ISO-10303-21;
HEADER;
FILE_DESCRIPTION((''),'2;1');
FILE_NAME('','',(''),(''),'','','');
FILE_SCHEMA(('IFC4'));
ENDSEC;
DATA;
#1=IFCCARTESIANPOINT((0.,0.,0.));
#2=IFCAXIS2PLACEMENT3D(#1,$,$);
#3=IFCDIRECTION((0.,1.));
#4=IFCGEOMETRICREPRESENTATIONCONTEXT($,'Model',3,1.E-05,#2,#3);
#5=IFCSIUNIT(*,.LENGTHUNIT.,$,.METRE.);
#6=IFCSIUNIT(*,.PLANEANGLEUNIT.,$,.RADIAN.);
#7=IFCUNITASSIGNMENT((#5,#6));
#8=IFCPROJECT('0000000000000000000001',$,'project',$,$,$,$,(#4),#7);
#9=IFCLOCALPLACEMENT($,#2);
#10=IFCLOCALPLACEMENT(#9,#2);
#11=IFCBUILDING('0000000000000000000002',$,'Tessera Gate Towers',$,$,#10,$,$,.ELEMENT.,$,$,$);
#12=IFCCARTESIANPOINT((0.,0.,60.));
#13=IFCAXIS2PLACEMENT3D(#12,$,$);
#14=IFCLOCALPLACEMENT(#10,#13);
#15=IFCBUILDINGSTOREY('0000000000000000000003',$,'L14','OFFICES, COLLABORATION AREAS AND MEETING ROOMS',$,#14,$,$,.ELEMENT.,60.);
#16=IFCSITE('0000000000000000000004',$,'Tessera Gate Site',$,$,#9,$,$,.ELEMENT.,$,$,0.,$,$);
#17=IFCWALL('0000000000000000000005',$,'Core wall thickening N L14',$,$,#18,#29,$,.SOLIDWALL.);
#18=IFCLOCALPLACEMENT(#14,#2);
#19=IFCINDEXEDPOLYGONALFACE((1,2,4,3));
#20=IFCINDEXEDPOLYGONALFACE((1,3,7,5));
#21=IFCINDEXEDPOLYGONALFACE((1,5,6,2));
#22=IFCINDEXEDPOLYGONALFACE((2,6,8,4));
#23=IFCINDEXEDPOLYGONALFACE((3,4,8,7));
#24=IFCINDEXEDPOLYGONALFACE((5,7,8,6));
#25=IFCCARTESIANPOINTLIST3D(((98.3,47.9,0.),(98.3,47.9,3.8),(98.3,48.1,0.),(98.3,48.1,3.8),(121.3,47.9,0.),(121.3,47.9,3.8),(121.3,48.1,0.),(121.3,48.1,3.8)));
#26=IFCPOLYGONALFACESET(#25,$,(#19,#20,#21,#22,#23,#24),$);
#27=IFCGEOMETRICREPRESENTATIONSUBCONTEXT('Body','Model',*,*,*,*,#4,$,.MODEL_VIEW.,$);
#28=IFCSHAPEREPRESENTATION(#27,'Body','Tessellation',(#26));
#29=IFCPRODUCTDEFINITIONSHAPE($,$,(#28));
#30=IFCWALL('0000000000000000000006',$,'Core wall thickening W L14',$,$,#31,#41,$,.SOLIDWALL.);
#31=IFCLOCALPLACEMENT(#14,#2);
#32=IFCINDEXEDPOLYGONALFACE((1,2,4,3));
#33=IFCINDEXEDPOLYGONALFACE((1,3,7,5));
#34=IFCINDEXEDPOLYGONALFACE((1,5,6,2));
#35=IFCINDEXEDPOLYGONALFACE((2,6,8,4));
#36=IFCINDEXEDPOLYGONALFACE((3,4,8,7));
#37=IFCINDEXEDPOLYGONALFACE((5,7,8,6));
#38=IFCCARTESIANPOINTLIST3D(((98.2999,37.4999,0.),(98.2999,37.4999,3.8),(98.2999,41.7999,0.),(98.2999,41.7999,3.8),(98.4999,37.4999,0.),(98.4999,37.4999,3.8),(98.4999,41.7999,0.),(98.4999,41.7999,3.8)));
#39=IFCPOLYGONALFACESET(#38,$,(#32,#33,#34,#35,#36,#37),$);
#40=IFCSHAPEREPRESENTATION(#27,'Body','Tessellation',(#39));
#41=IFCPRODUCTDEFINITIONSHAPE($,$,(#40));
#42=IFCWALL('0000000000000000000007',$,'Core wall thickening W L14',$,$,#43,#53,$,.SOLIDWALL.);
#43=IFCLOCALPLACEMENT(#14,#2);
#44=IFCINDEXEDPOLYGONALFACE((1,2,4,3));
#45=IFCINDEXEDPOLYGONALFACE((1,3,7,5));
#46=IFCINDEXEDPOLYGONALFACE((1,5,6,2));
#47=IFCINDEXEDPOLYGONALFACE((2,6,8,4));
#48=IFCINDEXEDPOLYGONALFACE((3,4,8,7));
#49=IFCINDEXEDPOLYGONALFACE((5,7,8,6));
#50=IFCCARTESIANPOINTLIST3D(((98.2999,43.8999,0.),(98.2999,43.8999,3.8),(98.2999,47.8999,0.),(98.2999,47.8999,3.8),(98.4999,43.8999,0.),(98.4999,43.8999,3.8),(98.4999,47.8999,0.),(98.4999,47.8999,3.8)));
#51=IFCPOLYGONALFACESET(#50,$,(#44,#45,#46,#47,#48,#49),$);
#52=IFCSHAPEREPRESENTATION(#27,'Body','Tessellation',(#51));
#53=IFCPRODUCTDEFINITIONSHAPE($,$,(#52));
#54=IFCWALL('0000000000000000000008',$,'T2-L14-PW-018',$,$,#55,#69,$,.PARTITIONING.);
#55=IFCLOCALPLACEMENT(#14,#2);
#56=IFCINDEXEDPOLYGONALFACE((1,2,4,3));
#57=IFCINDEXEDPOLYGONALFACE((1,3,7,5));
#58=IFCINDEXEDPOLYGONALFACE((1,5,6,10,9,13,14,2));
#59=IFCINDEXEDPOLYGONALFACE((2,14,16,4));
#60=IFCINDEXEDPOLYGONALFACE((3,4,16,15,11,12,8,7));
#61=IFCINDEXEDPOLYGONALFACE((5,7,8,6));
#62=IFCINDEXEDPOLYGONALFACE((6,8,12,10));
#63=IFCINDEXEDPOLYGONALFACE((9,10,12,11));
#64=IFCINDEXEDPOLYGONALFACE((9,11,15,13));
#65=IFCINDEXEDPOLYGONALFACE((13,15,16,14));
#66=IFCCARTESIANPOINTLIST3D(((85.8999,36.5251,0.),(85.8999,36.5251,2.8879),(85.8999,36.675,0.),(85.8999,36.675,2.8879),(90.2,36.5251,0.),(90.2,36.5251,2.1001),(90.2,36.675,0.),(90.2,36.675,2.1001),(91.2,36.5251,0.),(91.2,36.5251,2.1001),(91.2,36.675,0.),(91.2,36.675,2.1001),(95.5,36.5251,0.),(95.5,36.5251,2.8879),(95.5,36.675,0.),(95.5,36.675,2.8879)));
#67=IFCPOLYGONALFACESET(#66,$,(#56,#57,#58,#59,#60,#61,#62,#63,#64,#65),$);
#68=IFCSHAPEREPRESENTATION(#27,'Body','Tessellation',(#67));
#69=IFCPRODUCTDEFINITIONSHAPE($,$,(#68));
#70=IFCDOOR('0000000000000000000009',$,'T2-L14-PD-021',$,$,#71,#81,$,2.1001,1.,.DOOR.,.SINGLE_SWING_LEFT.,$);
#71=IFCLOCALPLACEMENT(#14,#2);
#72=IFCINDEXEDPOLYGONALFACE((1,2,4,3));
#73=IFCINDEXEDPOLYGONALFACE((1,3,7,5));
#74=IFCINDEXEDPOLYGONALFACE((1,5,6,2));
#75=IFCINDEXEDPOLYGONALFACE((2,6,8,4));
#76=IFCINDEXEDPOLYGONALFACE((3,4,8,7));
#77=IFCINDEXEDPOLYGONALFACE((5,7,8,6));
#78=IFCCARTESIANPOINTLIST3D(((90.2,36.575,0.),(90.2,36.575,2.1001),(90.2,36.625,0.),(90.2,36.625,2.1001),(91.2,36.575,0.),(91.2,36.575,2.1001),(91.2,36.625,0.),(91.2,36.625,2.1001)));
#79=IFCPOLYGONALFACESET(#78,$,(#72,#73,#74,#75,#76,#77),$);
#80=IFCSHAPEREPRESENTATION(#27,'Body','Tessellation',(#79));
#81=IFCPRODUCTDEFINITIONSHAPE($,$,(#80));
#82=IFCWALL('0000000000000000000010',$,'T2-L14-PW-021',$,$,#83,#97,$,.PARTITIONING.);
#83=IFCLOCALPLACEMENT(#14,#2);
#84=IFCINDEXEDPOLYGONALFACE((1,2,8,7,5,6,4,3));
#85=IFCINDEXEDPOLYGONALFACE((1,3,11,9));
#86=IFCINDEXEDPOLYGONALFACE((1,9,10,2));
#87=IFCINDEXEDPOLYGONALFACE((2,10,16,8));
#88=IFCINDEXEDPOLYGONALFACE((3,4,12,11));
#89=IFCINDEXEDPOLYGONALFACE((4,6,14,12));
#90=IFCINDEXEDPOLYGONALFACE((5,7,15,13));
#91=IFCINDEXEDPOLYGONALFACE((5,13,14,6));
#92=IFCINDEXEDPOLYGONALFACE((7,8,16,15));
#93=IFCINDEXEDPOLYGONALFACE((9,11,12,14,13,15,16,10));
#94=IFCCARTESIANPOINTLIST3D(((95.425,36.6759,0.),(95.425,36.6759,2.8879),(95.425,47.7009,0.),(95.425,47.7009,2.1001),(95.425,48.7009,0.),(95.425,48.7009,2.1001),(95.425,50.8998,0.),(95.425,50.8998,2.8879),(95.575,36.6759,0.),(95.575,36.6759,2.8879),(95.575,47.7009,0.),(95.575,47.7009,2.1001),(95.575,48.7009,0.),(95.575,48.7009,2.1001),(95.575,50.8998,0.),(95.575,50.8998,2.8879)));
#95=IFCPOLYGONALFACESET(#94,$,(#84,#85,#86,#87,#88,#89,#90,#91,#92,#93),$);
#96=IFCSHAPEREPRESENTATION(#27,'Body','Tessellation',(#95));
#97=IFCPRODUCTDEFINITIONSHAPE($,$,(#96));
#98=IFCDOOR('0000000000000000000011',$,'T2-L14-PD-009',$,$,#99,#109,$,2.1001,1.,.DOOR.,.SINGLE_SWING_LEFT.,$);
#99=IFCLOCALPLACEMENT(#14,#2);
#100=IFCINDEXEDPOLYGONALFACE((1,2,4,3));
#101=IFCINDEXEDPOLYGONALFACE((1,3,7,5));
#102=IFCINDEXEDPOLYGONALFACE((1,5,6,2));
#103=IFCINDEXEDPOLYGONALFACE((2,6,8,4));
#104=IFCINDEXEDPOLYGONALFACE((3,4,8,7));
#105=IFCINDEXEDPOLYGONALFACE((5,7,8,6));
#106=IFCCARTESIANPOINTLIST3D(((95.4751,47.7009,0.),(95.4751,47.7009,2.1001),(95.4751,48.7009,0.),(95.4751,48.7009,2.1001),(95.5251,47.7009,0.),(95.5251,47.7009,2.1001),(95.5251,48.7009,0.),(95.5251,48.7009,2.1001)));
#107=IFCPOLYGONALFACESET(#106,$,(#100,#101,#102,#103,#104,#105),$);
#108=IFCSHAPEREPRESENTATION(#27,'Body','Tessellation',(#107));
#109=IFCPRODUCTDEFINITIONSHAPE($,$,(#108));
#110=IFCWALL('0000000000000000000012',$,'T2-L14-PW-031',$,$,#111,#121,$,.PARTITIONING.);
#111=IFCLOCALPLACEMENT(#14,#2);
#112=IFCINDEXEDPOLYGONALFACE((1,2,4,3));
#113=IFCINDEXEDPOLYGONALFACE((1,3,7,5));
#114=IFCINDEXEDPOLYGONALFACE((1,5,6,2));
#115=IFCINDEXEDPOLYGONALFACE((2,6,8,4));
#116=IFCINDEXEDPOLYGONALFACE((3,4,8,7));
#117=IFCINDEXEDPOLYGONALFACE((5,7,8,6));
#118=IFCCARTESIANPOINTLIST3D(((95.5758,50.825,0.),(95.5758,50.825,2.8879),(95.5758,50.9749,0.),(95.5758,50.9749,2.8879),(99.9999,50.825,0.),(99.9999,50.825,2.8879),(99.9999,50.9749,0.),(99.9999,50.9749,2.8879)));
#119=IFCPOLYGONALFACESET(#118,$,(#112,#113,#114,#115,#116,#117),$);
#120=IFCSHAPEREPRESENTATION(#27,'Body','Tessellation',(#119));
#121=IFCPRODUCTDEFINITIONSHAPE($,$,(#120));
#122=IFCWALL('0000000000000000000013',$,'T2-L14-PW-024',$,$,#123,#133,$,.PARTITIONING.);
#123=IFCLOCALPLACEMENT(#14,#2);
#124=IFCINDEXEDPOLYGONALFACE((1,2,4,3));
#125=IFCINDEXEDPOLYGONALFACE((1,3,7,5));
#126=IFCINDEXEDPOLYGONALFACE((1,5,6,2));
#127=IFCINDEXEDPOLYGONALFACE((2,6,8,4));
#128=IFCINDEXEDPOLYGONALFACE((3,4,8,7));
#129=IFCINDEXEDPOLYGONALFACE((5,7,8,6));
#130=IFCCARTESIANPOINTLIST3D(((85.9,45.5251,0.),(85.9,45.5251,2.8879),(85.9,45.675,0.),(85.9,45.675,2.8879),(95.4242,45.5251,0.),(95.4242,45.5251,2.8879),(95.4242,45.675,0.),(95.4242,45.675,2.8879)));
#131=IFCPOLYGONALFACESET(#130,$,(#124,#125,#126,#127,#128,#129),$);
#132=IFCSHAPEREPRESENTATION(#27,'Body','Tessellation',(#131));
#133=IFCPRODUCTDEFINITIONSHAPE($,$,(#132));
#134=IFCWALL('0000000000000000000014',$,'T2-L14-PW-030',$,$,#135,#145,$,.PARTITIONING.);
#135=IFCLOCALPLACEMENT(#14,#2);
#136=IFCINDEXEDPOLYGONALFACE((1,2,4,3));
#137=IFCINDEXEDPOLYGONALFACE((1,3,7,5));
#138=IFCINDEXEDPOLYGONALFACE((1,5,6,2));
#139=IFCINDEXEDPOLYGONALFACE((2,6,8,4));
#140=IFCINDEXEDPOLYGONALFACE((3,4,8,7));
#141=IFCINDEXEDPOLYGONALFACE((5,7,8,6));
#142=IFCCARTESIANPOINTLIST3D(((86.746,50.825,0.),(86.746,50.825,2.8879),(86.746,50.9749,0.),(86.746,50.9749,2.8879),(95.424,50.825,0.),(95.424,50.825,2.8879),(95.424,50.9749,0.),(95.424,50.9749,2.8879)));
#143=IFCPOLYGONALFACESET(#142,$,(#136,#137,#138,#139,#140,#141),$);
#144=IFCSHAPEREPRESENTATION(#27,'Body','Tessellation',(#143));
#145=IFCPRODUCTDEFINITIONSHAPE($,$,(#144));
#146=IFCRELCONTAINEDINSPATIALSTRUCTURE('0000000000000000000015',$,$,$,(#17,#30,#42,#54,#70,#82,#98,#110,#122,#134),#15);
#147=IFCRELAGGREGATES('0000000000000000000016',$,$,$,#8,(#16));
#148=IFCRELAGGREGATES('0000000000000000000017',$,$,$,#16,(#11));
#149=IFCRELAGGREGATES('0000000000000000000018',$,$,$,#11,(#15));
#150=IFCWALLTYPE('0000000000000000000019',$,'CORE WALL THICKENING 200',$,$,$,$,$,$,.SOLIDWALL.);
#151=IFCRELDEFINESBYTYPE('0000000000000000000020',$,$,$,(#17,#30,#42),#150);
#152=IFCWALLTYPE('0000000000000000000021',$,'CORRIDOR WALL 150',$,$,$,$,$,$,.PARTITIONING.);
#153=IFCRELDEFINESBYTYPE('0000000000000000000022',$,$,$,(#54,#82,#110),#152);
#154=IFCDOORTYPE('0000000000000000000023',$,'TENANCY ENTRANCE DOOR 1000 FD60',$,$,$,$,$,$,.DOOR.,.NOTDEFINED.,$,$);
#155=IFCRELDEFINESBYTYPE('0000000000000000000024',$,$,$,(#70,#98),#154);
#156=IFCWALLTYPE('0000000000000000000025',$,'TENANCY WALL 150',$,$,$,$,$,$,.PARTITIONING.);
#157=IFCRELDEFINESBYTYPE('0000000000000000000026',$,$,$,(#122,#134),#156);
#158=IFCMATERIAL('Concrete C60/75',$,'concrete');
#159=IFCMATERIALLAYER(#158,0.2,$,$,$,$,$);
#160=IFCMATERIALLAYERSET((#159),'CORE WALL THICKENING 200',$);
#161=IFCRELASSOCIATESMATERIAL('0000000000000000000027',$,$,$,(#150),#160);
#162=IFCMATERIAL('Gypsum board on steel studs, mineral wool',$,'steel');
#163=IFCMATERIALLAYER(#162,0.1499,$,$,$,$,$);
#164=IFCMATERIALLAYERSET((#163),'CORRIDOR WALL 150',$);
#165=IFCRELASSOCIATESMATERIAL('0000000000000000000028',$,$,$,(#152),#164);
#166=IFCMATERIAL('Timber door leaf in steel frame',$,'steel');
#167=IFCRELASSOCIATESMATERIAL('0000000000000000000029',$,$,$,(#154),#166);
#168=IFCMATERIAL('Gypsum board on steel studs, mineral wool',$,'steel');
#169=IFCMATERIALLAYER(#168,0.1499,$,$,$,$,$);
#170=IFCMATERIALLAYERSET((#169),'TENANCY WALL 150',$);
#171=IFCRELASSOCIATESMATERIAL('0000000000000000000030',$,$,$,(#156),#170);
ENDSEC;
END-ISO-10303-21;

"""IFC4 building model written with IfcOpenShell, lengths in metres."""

from ifc_helpers import new_model, si_unit, direction, frame, frame_2d, origin, place, context, subcontext, project, spatial, rectangle, extrude, source, transform, mapped, material, layer, layer_set, type_object, element, fill, save


model = new_model("IFC4")

# Units and contexts
model_context = context("Model", 3, precision=1e-05, world=origin(), true_north=direction((0.0, 1.0)))
body_context = subcontext(model_context, "Body", "Model", "MODEL_VIEW")
ifc_project = project(units=[si_unit("LENGTHUNIT", "METRE"), si_unit("PLANEANGLEUNIT", "RADIAN")], contexts=[model_context])

# Site, building, storey
site_placement = place(None, origin())
site = spatial("IfcSite", under=ifc_project, at=site_placement, Name="Tessera Gate Site", CompositionType="ELEMENT", RefElevation=0.0)
building_placement = place(site_placement, origin())
building = spatial("IfcBuilding", under=site, at=building_placement, Name="Tessera Gate Towers", CompositionType="ELEMENT")
storey_placement = place(building_placement, frame((0.0, 0.0, 60.0)))
storey = spatial("IfcBuildingStorey", under=building, at=storey_placement, Name="L14", Description="OFFICES, COLLABORATION AREAS AND MEETING ROOMS", CompositionType="ELEMENT", Elevation=60.0)

# Walls
ifc_material_1 = material(Name="Concrete C60/75", Category="concrete")
ifc_layer_1 = layer(ifc_material_1, 0.2)
ifc_layer_set_1 = layer_set([ifc_layer_1], Name="CORE WALL THICKENING 200")
wall_type_1 = type_object("IfcWallType", Name="CORE WALL THICKENING 200", PredefinedType="SOLIDWALL", material=ifc_layer_set_1)
for number, where, z_axis, x_axis, name in (
    (1, (98.3, 48.0, 0.0), (0.0, 0.0, 1.0), (1.0, 0.0, 0.0), "Core wall thickening N L14"),
):
    element("IfcWall", number, at=place(storey_placement, frame(where, z_axis=z_axis, x_axis=x_axis)), inside=storey, type_object=wall_type_1, Name=name, PredefinedType="SOLIDWALL", context=body_context, shape_type="SweptSolid", body=[
        extrude(rectangle(XDim=23.0, YDim=0.2, at=frame_2d((11.5, 0.0))), origin(), (0.0, 0.0, 1.0), 3.8),
    ])
wall_1_placement = place(storey_placement, frame((98.3999, 37.5, 0.0), z_axis=(0.0, 0.0, 1.0), x_axis=(0.0, 1.0, 0.0)))
element("IfcWall", 2, at=wall_1_placement, inside=storey, type_object=wall_type_1, Name="Core wall thickening W L14", PredefinedType="SOLIDWALL", context=body_context, shape_type="SweptSolid", body=[
    extrude(rectangle(XDim=4.3, YDim=0.2, at=frame_2d((2.1499, 0.0))), origin(), (0.0, 0.0, 1.0), 3.8),
])
wall_2_placement = place(storey_placement, frame((98.3999, 43.8999, 0.0), z_axis=(0.0, 0.0, 1.0), x_axis=(0.0, 1.0, 0.0)))
element("IfcWall", 3, at=wall_2_placement, inside=storey, type_object=wall_type_1, Name="Core wall thickening W L14", PredefinedType="SOLIDWALL", context=body_context, shape_type="SweptSolid", body=[
    extrude(rectangle(XDim=4.0, YDim=0.2, at=frame_2d((2.0, 0.0))), origin(), (0.0, 0.0, 1.0), 3.8),
])

# Walls, openings, doors
ifc_material_2 = material(Name="Gypsum board on steel studs, mineral wool", Category="steel")
ifc_layer_2 = layer(ifc_material_2, 0.1499)
ifc_layer_set_2 = layer_set([ifc_layer_2], Name="CORRIDOR WALL 150")
wall_type_2 = type_object("IfcWallType", Name="CORRIDOR WALL 150", PredefinedType="PARTITIONING", material=ifc_layer_set_2)
wall_3_placement = place(storey_placement, frame((85.8999, 36.6001, 0.0), z_axis=(0.0, 0.0, 1.0), x_axis=(1.0, 0.0, 0.0)))
wall_3 = element("IfcWall", 4, at=wall_3_placement, inside=storey, type_object=wall_type_2, Name="T2-L14-PW-018", PredefinedType="PARTITIONING", context=body_context, shape_type="SweptSolid", body=[
    extrude(rectangle(XDim=9.6001, YDim=0.1499, at=frame_2d((4.8, 0.0))), origin(), (0.0, 0.0, 1.0), 2.8879),
])
shared_shape_1 = source(origin(), body_context, "Body", "SweptSolid", [
    extrude(rectangle(XDim=1.0, YDim=2.1001, at=frame_2d((0.5, 1.05))), frame((0.0, 0.085, 0.0), z_axis=(0.0, -1.0, 0.0), x_axis=(1.0, 0.0, 0.0)), (0.0, 0.0, 1.0), 0.1699),
])
opening_1_placement = place(wall_3_placement, frame((4.3, 0.0, 0.0)))
opening_1 = element("IfcOpeningElement", 5, at=opening_1_placement, cuts=wall_3, PredefinedType="OPENING", context=body_context, shape_type="MappedRepresentation", body=[
    mapped(shared_shape_1, transform((0.0, 0.0, 0.0), scale=1.0)),
])
ifc_material_3 = material(Name="Timber door leaf in steel frame", Category="steel")
door_type_1 = type_object("IfcDoorType", Name="TENANCY ENTRANCE DOOR 1000 FD60", OperationType="NOTDEFINED", PredefinedType="DOOR", material=ifc_material_3)
shared_shape_2 = source(origin(), body_context, "Body", "SweptSolid", [
    extrude(rectangle(XDim=1.0, YDim=2.1001, at=frame_2d((0.5, 1.05))), frame((0.0, 0.0249, 0.0), z_axis=(0.0, -1.0, 0.0), x_axis=(1.0, 0.0, 0.0)), (0.0, 0.0, 1.0), 0.05),
])
door_1_placement = place(opening_1_placement, origin())
door_1 = element("IfcDoor", 6, at=door_1_placement, inside=storey, type_object=door_type_1, Name="T2-L14-PD-021", OperationType="SINGLE_SWING_LEFT", OverallHeight=2.1001, OverallWidth=1.0, PredefinedType="DOOR", context=body_context, shape_type="MappedRepresentation", body=[
    mapped(shared_shape_2, transform((0.0, 0.0, 0.0), scale=1.0)),
])
fill(opening_1, door_1)
wall_4_placement = place(storey_placement, frame((95.5, 36.676, 0.0), z_axis=(0.0, 0.0, 1.0), x_axis=(0.0, 1.0, 0.0)))
wall_4 = element("IfcWall", 7, at=wall_4_placement, inside=storey, type_object=wall_type_2, Name="T2-L14-PW-021", PredefinedType="PARTITIONING", context=body_context, shape_type="SweptSolid", body=[
    extrude(rectangle(XDim=14.2239, YDim=0.1499, at=frame_2d((7.1118, 0.0))), origin(), (0.0, 0.0, 1.0), 2.8879),
])
opening_2_placement = place(wall_4_placement, frame((11.0249, 0.0, 0.0)))
opening_2 = element("IfcOpeningElement", 8, at=opening_2_placement, cuts=wall_4, PredefinedType="OPENING", context=body_context, shape_type="MappedRepresentation", body=[
    mapped(shared_shape_1, transform((0.0, 0.0, 0.0), scale=1.0)),
])
door_2_placement = place(opening_2_placement, origin())
door_2 = element("IfcDoor", 9, at=door_2_placement, inside=storey, type_object=door_type_1, Name="T2-L14-PD-009", OperationType="SINGLE_SWING_LEFT", OverallHeight=2.1001, OverallWidth=1.0, PredefinedType="DOOR", context=body_context, shape_type="MappedRepresentation", body=[
    mapped(shared_shape_2, transform((0.0, 0.0, 0.0), scale=1.0)),
])
fill(opening_2, door_2)

# Walls
wall_5_placement = place(storey_placement, frame((95.5759, 50.8999, 0.0), z_axis=(0.0, 0.0, 1.0), x_axis=(1.0, 0.0, 0.0)))
element("IfcWall", 10, at=wall_5_placement, inside=storey, type_object=wall_type_2, Name="T2-L14-PW-031", PredefinedType="PARTITIONING", context=body_context, shape_type="SweptSolid", body=[
    extrude(rectangle(XDim=4.4241, YDim=0.1499, at=frame_2d((2.2119, 0.0))), origin(), (0.0, 0.0, 1.0), 2.8879),
])
ifc_material_4 = material(Name="Gypsum board on steel studs, mineral wool", Category="steel")
ifc_layer_3 = layer(ifc_material_4, 0.1499)
ifc_layer_set_3 = layer_set([ifc_layer_3], Name="TENANCY WALL 150")
wall_type_3 = type_object("IfcWallType", Name="TENANCY WALL 150", PredefinedType="PARTITIONING", material=ifc_layer_set_3)
wall_6_placement = place(storey_placement, frame((85.8999, 45.6001, 0.0), z_axis=(0.0, 0.0, 1.0), x_axis=(1.0, 0.0, 0.0)))
element("IfcWall", 11, at=wall_6_placement, inside=storey, type_object=wall_type_3, Name="T2-L14-PW-024", PredefinedType="PARTITIONING", context=body_context, shape_type="SweptSolid", body=[
    extrude(rectangle(XDim=9.5242, YDim=0.1499, at=frame_2d((4.7622, 0.0))), origin(), (0.0, 0.0, 1.0), 2.8879),
])
wall_7_placement = place(storey_placement, frame((86.7461, 50.8999, 0.0), z_axis=(0.0, 0.0, 1.0), x_axis=(1.0, 0.0, 0.0)))
element("IfcWall", 12, at=wall_7_placement, inside=storey, type_object=wall_type_3, Name="T2-L14-PW-030", PredefinedType="PARTITIONING", context=body_context, shape_type="SweptSolid", body=[
    extrude(rectangle(XDim=8.678, YDim=0.1499, at=frame_2d((4.3389, 0.0))), origin(), (0.0, 0.0, 1.0), 2.8879),
])

save(model, "model.ifc")
